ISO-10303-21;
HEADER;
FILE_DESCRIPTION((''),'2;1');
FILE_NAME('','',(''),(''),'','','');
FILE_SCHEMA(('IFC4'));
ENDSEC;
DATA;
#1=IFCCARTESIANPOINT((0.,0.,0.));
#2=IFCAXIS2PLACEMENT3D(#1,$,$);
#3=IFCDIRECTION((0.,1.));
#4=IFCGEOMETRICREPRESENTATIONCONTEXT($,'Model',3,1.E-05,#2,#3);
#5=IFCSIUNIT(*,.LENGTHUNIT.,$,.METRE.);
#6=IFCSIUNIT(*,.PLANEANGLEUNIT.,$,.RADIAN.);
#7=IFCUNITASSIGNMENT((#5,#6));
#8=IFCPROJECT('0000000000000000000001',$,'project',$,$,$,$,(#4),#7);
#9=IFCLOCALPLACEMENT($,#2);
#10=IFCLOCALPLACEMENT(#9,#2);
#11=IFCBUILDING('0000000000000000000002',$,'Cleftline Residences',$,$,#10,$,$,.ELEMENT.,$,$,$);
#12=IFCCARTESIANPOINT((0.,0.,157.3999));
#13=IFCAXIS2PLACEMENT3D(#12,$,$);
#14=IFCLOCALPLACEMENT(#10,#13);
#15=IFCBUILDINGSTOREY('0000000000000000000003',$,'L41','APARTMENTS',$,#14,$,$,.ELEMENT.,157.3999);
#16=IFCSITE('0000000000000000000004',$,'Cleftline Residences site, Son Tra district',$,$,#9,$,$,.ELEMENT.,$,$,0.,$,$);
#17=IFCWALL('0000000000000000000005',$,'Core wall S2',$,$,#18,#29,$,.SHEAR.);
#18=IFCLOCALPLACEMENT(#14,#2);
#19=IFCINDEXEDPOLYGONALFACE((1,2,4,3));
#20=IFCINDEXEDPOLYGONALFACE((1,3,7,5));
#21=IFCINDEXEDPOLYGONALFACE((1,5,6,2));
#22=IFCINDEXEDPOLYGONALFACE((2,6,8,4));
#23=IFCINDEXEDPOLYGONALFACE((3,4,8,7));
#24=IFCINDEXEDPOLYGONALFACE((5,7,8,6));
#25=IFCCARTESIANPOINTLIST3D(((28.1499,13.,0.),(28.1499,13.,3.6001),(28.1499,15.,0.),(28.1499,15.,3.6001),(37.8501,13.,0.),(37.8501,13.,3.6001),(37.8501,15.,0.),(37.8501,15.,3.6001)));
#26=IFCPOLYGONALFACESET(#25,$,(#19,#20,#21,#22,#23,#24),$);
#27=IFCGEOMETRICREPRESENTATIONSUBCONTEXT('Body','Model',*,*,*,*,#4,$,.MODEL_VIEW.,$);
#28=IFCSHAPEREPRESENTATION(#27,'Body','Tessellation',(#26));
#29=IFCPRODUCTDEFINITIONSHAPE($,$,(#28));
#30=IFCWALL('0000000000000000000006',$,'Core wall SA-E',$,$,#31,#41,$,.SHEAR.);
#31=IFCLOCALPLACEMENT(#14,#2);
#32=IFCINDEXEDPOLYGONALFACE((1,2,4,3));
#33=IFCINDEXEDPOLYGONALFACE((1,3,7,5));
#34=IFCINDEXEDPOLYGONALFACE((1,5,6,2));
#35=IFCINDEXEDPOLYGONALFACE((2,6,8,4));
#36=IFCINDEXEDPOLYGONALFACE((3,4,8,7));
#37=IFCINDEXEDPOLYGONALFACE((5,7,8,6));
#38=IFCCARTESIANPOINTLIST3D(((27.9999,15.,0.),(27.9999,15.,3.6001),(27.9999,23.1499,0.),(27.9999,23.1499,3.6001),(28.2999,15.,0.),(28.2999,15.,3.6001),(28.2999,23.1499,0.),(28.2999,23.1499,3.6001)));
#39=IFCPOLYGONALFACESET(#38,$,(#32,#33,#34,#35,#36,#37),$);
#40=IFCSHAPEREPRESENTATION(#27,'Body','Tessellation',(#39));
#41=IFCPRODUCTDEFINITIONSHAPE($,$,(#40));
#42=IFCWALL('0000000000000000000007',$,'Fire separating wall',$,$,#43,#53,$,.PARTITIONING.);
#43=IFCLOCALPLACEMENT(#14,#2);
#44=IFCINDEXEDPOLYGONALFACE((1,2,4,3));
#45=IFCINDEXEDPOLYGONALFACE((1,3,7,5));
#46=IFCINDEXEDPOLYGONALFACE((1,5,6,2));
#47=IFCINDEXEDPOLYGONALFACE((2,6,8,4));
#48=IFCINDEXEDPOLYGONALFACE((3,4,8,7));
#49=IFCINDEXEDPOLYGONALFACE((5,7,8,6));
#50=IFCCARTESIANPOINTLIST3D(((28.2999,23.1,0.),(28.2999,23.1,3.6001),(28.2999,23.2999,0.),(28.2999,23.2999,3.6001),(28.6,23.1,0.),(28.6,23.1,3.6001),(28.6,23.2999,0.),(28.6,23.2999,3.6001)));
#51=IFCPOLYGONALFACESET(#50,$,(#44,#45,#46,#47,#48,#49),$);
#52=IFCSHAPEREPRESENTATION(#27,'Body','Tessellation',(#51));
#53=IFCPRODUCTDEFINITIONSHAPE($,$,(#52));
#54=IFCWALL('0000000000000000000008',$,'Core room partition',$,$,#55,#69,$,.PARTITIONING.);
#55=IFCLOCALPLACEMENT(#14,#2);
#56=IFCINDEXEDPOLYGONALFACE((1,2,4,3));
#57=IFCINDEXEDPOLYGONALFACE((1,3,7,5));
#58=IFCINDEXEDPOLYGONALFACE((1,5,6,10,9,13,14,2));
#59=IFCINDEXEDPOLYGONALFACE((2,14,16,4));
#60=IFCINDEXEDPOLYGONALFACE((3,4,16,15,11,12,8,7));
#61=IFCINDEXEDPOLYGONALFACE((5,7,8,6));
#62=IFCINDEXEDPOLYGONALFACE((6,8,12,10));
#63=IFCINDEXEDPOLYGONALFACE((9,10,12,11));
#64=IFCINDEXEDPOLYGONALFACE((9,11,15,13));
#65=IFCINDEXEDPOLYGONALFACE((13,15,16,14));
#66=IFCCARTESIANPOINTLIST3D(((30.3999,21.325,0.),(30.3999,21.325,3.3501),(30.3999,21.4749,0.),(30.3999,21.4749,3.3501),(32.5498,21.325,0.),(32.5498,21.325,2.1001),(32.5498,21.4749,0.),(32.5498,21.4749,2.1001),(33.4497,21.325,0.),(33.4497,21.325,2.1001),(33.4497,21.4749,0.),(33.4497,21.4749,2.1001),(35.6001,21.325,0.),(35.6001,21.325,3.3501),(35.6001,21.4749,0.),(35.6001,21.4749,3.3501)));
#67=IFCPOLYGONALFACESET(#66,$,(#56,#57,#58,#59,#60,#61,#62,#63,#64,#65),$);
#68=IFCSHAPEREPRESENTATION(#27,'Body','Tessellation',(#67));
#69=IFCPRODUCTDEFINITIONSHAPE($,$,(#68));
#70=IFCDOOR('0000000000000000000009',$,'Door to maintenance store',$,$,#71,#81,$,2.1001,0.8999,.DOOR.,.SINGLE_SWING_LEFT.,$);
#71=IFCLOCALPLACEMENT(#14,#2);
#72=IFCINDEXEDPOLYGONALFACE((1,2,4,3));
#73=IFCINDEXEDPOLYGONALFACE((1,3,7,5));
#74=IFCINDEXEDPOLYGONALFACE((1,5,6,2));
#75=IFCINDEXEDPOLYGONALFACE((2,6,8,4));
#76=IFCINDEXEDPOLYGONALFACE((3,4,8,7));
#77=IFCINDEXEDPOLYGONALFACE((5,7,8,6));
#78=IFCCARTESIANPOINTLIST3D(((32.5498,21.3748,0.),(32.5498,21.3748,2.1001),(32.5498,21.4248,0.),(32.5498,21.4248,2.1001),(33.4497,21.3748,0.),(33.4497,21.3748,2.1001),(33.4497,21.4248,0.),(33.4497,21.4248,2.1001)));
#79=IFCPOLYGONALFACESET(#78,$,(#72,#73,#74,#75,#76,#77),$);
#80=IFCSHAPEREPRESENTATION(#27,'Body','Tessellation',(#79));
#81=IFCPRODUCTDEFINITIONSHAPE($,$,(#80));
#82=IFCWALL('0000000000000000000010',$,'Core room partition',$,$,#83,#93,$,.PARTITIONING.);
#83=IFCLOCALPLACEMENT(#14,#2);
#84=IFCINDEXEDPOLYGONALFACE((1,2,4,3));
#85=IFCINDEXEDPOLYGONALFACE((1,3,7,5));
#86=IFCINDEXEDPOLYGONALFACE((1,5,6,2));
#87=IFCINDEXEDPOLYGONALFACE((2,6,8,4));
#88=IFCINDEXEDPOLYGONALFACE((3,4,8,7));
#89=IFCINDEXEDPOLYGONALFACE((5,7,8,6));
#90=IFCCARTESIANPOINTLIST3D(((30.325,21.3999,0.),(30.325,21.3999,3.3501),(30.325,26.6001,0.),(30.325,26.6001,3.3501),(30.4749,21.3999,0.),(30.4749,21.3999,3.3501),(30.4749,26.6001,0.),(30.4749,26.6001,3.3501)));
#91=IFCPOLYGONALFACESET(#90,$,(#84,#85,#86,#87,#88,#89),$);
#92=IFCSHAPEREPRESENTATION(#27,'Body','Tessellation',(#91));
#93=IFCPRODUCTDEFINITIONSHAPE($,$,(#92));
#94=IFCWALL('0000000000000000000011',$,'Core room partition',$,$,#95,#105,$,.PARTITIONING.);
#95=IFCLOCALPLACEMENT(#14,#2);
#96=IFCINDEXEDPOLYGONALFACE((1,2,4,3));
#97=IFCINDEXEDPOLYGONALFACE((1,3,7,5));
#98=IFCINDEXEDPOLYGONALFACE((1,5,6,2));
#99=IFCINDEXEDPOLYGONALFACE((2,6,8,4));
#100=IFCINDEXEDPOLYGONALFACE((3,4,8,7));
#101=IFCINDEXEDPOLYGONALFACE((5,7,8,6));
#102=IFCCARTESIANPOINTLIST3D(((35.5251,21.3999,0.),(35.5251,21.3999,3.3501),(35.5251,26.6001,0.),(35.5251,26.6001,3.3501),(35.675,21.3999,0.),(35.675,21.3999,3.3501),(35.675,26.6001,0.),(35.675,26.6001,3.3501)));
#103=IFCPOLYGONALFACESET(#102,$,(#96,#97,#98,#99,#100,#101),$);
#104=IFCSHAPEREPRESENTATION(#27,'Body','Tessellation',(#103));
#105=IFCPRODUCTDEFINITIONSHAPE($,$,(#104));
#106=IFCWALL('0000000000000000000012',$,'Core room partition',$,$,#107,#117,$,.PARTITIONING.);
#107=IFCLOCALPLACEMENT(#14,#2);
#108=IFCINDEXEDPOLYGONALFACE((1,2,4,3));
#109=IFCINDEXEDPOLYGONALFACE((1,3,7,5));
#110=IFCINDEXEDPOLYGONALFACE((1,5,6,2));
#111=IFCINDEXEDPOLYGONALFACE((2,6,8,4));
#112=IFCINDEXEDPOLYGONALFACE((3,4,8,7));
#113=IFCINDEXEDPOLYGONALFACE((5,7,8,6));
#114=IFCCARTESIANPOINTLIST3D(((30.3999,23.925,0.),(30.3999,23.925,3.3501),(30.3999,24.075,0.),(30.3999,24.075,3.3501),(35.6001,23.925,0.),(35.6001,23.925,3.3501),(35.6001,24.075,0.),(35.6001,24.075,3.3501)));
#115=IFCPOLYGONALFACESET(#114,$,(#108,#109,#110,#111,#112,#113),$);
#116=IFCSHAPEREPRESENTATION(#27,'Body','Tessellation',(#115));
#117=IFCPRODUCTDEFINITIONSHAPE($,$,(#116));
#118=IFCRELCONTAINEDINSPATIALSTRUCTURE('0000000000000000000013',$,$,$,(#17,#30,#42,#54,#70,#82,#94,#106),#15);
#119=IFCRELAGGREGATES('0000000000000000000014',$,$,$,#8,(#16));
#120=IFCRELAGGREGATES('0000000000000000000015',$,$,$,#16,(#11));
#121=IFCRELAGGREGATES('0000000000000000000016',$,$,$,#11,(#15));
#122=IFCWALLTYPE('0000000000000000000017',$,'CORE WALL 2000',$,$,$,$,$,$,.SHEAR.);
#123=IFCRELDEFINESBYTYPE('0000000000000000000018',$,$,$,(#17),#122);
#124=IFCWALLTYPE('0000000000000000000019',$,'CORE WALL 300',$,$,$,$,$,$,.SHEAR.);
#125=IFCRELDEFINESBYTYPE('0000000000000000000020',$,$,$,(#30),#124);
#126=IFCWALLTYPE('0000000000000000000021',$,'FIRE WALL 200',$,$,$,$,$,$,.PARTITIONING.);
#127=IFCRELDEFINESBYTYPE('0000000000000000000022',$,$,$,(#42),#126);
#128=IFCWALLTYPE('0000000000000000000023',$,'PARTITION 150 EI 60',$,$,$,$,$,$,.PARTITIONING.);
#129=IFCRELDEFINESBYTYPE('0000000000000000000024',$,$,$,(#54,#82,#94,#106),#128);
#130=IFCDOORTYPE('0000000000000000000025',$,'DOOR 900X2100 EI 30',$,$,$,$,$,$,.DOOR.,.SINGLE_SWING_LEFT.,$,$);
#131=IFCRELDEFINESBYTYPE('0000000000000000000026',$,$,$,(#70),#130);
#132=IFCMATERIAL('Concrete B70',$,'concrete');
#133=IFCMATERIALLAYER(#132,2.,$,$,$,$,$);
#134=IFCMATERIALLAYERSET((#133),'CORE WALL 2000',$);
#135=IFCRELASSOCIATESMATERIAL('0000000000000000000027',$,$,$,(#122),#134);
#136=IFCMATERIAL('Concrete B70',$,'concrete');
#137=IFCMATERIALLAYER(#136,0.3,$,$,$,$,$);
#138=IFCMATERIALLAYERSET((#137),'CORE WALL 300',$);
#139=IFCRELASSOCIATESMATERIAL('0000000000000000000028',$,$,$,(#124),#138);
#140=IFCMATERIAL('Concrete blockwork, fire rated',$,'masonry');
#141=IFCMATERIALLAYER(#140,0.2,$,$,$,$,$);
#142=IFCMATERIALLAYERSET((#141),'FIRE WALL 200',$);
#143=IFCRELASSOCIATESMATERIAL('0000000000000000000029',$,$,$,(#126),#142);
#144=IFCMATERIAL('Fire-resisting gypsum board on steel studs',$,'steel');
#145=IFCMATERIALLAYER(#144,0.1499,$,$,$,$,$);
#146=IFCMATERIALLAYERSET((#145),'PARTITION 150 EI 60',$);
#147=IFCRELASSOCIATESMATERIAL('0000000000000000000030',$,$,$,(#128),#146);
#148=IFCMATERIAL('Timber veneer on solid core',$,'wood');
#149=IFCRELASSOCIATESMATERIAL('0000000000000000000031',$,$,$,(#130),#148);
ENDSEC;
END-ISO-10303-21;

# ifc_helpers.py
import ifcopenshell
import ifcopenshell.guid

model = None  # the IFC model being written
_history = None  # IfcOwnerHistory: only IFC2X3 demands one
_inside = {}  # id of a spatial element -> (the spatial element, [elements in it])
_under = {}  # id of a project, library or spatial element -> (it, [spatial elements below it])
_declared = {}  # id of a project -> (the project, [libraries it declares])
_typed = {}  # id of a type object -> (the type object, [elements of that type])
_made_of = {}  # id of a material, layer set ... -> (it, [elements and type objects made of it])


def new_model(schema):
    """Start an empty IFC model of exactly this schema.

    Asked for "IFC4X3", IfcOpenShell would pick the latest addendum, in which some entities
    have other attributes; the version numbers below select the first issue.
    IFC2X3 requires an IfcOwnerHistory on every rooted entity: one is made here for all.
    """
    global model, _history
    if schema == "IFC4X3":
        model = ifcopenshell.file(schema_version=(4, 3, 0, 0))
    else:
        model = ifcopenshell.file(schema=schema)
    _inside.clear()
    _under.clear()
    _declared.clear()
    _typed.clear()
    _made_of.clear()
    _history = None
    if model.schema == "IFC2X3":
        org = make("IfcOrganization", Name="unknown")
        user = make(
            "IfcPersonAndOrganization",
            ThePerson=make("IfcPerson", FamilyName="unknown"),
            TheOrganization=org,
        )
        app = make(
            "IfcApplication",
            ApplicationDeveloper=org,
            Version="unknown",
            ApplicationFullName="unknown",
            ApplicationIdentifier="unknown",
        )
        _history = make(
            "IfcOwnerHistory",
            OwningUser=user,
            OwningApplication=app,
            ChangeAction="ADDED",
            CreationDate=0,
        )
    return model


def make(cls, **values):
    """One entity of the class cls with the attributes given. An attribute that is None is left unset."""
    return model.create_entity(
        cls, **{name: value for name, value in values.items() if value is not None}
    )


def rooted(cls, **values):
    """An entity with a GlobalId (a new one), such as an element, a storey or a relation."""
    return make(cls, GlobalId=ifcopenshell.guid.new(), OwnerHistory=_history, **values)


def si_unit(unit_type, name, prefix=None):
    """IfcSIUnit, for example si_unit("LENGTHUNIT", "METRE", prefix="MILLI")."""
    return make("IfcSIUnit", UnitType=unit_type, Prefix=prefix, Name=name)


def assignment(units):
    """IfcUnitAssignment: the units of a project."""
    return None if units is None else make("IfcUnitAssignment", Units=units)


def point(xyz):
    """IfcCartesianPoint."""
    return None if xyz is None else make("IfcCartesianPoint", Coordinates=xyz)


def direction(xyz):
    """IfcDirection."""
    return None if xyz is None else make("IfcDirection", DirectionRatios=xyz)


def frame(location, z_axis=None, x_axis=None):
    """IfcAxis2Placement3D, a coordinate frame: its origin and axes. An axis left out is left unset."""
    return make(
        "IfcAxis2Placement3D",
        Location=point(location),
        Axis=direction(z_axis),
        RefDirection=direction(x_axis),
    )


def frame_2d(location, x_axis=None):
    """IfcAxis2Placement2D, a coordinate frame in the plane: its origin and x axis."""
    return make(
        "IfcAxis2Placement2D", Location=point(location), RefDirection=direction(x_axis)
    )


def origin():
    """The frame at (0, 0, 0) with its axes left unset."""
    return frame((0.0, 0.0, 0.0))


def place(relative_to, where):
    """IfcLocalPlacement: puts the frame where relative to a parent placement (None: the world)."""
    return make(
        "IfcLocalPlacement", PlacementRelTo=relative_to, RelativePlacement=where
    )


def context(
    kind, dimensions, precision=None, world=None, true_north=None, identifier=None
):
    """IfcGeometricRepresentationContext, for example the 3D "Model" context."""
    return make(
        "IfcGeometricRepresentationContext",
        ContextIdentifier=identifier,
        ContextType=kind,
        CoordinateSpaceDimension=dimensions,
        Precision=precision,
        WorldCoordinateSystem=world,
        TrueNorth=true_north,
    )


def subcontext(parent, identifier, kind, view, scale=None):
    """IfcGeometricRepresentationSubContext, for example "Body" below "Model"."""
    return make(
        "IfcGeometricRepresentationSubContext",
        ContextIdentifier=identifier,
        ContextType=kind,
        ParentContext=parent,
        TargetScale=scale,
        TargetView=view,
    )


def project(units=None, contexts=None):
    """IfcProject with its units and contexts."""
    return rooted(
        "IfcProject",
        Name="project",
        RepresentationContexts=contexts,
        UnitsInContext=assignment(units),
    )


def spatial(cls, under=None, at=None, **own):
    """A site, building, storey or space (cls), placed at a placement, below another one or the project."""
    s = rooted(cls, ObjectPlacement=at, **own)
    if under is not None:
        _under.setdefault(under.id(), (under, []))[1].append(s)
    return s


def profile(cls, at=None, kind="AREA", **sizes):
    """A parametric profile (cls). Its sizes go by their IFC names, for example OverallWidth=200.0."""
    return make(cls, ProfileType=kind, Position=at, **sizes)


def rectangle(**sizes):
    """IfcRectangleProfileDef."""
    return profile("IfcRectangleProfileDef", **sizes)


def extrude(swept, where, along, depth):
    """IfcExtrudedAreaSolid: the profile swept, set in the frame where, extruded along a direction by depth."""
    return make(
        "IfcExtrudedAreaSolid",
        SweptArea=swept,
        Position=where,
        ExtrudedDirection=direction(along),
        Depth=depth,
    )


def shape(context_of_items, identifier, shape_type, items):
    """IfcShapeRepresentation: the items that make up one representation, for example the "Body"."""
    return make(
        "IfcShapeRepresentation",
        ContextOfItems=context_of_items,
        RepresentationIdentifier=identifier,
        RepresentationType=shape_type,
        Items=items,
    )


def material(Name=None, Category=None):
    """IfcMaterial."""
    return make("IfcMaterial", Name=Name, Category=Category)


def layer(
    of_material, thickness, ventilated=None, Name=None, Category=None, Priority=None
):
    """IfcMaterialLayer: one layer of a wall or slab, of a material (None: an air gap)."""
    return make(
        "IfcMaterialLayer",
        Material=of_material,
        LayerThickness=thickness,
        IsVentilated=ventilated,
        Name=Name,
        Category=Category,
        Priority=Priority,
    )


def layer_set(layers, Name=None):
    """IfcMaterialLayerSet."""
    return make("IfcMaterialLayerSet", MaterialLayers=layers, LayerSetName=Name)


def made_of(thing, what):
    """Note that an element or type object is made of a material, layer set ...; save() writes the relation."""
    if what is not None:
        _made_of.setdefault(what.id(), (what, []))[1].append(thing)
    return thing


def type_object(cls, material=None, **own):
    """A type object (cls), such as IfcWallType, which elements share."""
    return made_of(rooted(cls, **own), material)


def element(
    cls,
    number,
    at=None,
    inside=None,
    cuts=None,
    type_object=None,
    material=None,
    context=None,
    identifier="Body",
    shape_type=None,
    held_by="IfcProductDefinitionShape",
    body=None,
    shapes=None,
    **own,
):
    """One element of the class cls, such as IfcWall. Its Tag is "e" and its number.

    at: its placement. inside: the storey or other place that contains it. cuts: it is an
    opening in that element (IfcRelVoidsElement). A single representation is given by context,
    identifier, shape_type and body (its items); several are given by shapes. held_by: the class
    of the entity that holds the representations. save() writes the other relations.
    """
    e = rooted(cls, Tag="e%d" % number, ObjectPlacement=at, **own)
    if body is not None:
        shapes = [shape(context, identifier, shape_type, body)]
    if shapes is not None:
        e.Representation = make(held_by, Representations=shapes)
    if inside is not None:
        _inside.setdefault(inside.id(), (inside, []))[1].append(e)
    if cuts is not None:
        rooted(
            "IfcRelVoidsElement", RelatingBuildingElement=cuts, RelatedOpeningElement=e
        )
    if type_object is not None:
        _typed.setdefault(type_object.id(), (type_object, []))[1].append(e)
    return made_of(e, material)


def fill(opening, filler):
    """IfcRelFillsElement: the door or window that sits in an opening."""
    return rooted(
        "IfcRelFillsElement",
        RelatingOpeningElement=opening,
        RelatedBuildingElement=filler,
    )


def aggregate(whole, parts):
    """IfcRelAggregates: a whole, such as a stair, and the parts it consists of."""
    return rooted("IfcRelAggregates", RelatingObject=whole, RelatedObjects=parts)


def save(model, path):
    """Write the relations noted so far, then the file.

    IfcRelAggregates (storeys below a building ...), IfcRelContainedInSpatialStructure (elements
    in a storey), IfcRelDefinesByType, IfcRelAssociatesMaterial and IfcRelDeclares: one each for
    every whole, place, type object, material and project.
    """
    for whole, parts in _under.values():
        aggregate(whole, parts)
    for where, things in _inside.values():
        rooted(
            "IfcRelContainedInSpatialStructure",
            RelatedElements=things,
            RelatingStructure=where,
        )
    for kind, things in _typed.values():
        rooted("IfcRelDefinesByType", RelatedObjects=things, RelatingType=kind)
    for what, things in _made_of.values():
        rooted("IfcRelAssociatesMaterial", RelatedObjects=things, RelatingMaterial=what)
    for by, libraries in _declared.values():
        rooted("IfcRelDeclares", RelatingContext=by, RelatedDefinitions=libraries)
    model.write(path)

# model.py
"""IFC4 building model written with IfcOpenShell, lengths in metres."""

from ifc_helpers import new_model, si_unit, direction, frame, frame_2d, origin, place, context, subcontext, project, spatial, rectangle, extrude, material, layer, layer_set, type_object, element, fill, save


model = new_model("IFC4")

# Units and contexts
model_context = context("Model", 3, precision=1e-05, world=origin(), true_north=direction((0.0, 1.0)))
body_context = subcontext(model_context, "Body", "Model", "MODEL_VIEW")
ifc_project = project(units=[si_unit("LENGTHUNIT", "METRE"), si_unit("PLANEANGLEUNIT", "RADIAN")], contexts=[model_context])

# Site, building, storey
site_placement = place(None, origin())
site = spatial("IfcSite", under=ifc_project, at=site_placement, Name="Cleftline Residences site, Son Tra district", CompositionType="ELEMENT", RefElevation=0.0)
building_placement = place(site_placement, origin())
building = spatial("IfcBuilding", under=site, at=building_placement, Name="Cleftline Residences", CompositionType="ELEMENT")
storey_placement = place(building_placement, frame((0.0, 0.0, 157.3999)))
storey = spatial("IfcBuildingStorey", under=building, at=storey_placement, Name="L41", Description="APARTMENTS", CompositionType="ELEMENT", Elevation=157.3999)

# Walls
ifc_material_1 = material(Name="Concrete B70", Category="concrete")
ifc_layer_1 = layer(ifc_material_1, 2.0)
ifc_layer_set_1 = layer_set([ifc_layer_1], Name="CORE WALL 2000")
wall_type_1 = type_object("IfcWallType", Name="CORE WALL 2000", PredefinedType="SHEAR", material=ifc_layer_set_1)
wall_1_placement = place(storey_placement, frame((28.1499, 14.0, 0.0), z_axis=(0.0, 0.0, 1.0), x_axis=(1.0, 0.0, 0.0)))
element("IfcWall", 1, at=wall_1_placement, inside=storey, type_object=wall_type_1, Name="Core wall S2", PredefinedType="SHEAR", context=body_context, shape_type="SweptSolid", body=[
    extrude(rectangle(XDim=9.7002, YDim=2.0, at=frame_2d((4.8501, 0.0))), origin(), (0.0, 0.0, 1.0), 3.6001),
])
ifc_material_2 = material(Name="Concrete B70", Category="concrete")
ifc_layer_2 = layer(ifc_material_2, 0.3)
ifc_layer_set_2 = layer_set([ifc_layer_2], Name="CORE WALL 300")
wall_type_2 = type_object("IfcWallType", Name="CORE WALL 300", PredefinedType="SHEAR", material=ifc_layer_set_2)
wall_2_placement = place(storey_placement, frame((28.1499, 15.0, 0.0), z_axis=(0.0, 0.0, 1.0), x_axis=(0.0, 1.0, 0.0)))
element("IfcWall", 2, at=wall_2_placement, inside=storey, type_object=wall_type_2, Name="Core wall SA-E", PredefinedType="SHEAR", context=body_context, shape_type="SweptSolid", body=[
    extrude(rectangle(XDim=8.1499, YDim=0.3, at=frame_2d((4.075, 0.0))), origin(), (0.0, 0.0, 1.0), 3.6001),
])
ifc_material_3 = material(Name="Concrete blockwork, fire rated", Category="masonry")
ifc_layer_3 = layer(ifc_material_3, 0.2)
ifc_layer_set_3 = layer_set([ifc_layer_3], Name="FIRE WALL 200")
wall_type_3 = type_object("IfcWallType", Name="FIRE WALL 200", PredefinedType="PARTITIONING", material=ifc_layer_set_3)
wall_3_placement = place(storey_placement, frame((28.3, 23.2, 0.0), z_axis=(0.0, 0.0, 1.0), x_axis=(1.0, 0.0, 0.0)))
element("IfcWall", 3, at=wall_3_placement, inside=storey, type_object=wall_type_3, Name="Fire separating wall", PredefinedType="PARTITIONING", context=body_context, shape_type="SweptSolid", body=[
    extrude(rectangle(XDim=0.3, YDim=0.2, at=frame_2d((0.1499, 0.0))), origin(), (0.0, 0.0, 1.0), 3.6001),
])

# Wall, opening, door
ifc_material_4 = material(Name="Fire-resisting gypsum board on steel studs", Category="steel")
ifc_layer_4 = layer(ifc_material_4, 0.1499)
ifc_layer_set_4 = layer_set([ifc_layer_4], Name="PARTITION 150 EI 60")
wall_type_4 = type_object("IfcWallType", Name="PARTITION 150 EI 60", PredefinedType="PARTITIONING", material=ifc_layer_set_4)
wall_4_placement = place(storey_placement, frame((30.3999, 21.3999, 0.0), z_axis=(0.0, 0.0, 1.0), x_axis=(1.0, 0.0, 0.0)))
wall_4 = element("IfcWall", 4, at=wall_4_placement, inside=storey, type_object=wall_type_4, Name="Core room partition", PredefinedType="PARTITIONING", context=body_context, shape_type="SweptSolid", body=[
    extrude(rectangle(XDim=5.2002, YDim=0.1499, at=frame_2d((2.6001, 0.0))), origin(), (0.0, 0.0, 1.0), 3.3501),
])
opening_1_placement = place(wall_4_placement, frame((2.1499, 0.0, 0.0)))
opening_1 = element("IfcOpeningElement", 5, at=opening_1_placement, cuts=wall_4, PredefinedType="OPENING", context=body_context, shape_type="SweptSolid", body=[
    extrude(rectangle(XDim=0.8999, YDim=2.1001, at=frame_2d((0.45, 1.05))), frame((0.0, 0.085, 0.0), z_axis=(0.0, -1.0, 0.0), x_axis=(1.0, 0.0, 0.0)), (0.0, 0.0, 1.0), 0.1699),
])
ifc_material_5 = material(Name="Timber veneer on solid core", Category="wood")
door_type_1 = type_object("IfcDoorType", Name="DOOR 900X2100 EI 30", OperationType="SINGLE_SWING_LEFT", PredefinedType="DOOR", material=ifc_material_5)
door_1_placement = place(opening_1_placement, origin())
door_1 = element("IfcDoor", 6, at=door_1_placement, inside=storey, type_object=door_type_1, Name="Door to maintenance store", OperationType="SINGLE_SWING_LEFT", OverallHeight=2.1001, OverallWidth=0.8999, PredefinedType="DOOR", context=body_context, shape_type="SweptSolid", body=[
    extrude(rectangle(XDim=0.8999, YDim=2.1001, at=frame_2d((0.45, 1.05))), frame((0.0, 0.0249, 0.0), z_axis=(0.0, -1.0, 0.0), x_axis=(1.0, 0.0, 0.0)), (0.0, 0.0, 1.0), 0.05),
])
fill(opening_1, door_1)

# Walls
for number, where, z_axis, x_axis, name in (
    (7, (30.3999, 21.3999, 0.0), (0.0, 0.0, 1.0), (0.0, 1.0, 0.0), "Core room partition"),
    (8, (35.6001, 21.3999, 0.0), (0.0, 0.0, 1.0), (0.0, 1.0, 0.0), "Core room partition"),
    (9, (30.3999, 24.0, 0.0), (0.0, 0.0, 1.0), (1.0, 0.0, 0.0), "Core room partition"),
):
    element("IfcWall", number, at=place(storey_placement, frame(where, z_axis=z_axis, x_axis=x_axis)), inside=storey, type_object=wall_type_4, Name=name, PredefinedType="PARTITIONING", context=body_context, shape_type="SweptSolid", body=[
        extrude(rectangle(XDim=5.2002, YDim=0.1499, at=frame_2d((2.6001, 0.0))), origin(), (0.0, 0.0, 1.0), 3.3501),
    ])

save(model, "model.ifc")
